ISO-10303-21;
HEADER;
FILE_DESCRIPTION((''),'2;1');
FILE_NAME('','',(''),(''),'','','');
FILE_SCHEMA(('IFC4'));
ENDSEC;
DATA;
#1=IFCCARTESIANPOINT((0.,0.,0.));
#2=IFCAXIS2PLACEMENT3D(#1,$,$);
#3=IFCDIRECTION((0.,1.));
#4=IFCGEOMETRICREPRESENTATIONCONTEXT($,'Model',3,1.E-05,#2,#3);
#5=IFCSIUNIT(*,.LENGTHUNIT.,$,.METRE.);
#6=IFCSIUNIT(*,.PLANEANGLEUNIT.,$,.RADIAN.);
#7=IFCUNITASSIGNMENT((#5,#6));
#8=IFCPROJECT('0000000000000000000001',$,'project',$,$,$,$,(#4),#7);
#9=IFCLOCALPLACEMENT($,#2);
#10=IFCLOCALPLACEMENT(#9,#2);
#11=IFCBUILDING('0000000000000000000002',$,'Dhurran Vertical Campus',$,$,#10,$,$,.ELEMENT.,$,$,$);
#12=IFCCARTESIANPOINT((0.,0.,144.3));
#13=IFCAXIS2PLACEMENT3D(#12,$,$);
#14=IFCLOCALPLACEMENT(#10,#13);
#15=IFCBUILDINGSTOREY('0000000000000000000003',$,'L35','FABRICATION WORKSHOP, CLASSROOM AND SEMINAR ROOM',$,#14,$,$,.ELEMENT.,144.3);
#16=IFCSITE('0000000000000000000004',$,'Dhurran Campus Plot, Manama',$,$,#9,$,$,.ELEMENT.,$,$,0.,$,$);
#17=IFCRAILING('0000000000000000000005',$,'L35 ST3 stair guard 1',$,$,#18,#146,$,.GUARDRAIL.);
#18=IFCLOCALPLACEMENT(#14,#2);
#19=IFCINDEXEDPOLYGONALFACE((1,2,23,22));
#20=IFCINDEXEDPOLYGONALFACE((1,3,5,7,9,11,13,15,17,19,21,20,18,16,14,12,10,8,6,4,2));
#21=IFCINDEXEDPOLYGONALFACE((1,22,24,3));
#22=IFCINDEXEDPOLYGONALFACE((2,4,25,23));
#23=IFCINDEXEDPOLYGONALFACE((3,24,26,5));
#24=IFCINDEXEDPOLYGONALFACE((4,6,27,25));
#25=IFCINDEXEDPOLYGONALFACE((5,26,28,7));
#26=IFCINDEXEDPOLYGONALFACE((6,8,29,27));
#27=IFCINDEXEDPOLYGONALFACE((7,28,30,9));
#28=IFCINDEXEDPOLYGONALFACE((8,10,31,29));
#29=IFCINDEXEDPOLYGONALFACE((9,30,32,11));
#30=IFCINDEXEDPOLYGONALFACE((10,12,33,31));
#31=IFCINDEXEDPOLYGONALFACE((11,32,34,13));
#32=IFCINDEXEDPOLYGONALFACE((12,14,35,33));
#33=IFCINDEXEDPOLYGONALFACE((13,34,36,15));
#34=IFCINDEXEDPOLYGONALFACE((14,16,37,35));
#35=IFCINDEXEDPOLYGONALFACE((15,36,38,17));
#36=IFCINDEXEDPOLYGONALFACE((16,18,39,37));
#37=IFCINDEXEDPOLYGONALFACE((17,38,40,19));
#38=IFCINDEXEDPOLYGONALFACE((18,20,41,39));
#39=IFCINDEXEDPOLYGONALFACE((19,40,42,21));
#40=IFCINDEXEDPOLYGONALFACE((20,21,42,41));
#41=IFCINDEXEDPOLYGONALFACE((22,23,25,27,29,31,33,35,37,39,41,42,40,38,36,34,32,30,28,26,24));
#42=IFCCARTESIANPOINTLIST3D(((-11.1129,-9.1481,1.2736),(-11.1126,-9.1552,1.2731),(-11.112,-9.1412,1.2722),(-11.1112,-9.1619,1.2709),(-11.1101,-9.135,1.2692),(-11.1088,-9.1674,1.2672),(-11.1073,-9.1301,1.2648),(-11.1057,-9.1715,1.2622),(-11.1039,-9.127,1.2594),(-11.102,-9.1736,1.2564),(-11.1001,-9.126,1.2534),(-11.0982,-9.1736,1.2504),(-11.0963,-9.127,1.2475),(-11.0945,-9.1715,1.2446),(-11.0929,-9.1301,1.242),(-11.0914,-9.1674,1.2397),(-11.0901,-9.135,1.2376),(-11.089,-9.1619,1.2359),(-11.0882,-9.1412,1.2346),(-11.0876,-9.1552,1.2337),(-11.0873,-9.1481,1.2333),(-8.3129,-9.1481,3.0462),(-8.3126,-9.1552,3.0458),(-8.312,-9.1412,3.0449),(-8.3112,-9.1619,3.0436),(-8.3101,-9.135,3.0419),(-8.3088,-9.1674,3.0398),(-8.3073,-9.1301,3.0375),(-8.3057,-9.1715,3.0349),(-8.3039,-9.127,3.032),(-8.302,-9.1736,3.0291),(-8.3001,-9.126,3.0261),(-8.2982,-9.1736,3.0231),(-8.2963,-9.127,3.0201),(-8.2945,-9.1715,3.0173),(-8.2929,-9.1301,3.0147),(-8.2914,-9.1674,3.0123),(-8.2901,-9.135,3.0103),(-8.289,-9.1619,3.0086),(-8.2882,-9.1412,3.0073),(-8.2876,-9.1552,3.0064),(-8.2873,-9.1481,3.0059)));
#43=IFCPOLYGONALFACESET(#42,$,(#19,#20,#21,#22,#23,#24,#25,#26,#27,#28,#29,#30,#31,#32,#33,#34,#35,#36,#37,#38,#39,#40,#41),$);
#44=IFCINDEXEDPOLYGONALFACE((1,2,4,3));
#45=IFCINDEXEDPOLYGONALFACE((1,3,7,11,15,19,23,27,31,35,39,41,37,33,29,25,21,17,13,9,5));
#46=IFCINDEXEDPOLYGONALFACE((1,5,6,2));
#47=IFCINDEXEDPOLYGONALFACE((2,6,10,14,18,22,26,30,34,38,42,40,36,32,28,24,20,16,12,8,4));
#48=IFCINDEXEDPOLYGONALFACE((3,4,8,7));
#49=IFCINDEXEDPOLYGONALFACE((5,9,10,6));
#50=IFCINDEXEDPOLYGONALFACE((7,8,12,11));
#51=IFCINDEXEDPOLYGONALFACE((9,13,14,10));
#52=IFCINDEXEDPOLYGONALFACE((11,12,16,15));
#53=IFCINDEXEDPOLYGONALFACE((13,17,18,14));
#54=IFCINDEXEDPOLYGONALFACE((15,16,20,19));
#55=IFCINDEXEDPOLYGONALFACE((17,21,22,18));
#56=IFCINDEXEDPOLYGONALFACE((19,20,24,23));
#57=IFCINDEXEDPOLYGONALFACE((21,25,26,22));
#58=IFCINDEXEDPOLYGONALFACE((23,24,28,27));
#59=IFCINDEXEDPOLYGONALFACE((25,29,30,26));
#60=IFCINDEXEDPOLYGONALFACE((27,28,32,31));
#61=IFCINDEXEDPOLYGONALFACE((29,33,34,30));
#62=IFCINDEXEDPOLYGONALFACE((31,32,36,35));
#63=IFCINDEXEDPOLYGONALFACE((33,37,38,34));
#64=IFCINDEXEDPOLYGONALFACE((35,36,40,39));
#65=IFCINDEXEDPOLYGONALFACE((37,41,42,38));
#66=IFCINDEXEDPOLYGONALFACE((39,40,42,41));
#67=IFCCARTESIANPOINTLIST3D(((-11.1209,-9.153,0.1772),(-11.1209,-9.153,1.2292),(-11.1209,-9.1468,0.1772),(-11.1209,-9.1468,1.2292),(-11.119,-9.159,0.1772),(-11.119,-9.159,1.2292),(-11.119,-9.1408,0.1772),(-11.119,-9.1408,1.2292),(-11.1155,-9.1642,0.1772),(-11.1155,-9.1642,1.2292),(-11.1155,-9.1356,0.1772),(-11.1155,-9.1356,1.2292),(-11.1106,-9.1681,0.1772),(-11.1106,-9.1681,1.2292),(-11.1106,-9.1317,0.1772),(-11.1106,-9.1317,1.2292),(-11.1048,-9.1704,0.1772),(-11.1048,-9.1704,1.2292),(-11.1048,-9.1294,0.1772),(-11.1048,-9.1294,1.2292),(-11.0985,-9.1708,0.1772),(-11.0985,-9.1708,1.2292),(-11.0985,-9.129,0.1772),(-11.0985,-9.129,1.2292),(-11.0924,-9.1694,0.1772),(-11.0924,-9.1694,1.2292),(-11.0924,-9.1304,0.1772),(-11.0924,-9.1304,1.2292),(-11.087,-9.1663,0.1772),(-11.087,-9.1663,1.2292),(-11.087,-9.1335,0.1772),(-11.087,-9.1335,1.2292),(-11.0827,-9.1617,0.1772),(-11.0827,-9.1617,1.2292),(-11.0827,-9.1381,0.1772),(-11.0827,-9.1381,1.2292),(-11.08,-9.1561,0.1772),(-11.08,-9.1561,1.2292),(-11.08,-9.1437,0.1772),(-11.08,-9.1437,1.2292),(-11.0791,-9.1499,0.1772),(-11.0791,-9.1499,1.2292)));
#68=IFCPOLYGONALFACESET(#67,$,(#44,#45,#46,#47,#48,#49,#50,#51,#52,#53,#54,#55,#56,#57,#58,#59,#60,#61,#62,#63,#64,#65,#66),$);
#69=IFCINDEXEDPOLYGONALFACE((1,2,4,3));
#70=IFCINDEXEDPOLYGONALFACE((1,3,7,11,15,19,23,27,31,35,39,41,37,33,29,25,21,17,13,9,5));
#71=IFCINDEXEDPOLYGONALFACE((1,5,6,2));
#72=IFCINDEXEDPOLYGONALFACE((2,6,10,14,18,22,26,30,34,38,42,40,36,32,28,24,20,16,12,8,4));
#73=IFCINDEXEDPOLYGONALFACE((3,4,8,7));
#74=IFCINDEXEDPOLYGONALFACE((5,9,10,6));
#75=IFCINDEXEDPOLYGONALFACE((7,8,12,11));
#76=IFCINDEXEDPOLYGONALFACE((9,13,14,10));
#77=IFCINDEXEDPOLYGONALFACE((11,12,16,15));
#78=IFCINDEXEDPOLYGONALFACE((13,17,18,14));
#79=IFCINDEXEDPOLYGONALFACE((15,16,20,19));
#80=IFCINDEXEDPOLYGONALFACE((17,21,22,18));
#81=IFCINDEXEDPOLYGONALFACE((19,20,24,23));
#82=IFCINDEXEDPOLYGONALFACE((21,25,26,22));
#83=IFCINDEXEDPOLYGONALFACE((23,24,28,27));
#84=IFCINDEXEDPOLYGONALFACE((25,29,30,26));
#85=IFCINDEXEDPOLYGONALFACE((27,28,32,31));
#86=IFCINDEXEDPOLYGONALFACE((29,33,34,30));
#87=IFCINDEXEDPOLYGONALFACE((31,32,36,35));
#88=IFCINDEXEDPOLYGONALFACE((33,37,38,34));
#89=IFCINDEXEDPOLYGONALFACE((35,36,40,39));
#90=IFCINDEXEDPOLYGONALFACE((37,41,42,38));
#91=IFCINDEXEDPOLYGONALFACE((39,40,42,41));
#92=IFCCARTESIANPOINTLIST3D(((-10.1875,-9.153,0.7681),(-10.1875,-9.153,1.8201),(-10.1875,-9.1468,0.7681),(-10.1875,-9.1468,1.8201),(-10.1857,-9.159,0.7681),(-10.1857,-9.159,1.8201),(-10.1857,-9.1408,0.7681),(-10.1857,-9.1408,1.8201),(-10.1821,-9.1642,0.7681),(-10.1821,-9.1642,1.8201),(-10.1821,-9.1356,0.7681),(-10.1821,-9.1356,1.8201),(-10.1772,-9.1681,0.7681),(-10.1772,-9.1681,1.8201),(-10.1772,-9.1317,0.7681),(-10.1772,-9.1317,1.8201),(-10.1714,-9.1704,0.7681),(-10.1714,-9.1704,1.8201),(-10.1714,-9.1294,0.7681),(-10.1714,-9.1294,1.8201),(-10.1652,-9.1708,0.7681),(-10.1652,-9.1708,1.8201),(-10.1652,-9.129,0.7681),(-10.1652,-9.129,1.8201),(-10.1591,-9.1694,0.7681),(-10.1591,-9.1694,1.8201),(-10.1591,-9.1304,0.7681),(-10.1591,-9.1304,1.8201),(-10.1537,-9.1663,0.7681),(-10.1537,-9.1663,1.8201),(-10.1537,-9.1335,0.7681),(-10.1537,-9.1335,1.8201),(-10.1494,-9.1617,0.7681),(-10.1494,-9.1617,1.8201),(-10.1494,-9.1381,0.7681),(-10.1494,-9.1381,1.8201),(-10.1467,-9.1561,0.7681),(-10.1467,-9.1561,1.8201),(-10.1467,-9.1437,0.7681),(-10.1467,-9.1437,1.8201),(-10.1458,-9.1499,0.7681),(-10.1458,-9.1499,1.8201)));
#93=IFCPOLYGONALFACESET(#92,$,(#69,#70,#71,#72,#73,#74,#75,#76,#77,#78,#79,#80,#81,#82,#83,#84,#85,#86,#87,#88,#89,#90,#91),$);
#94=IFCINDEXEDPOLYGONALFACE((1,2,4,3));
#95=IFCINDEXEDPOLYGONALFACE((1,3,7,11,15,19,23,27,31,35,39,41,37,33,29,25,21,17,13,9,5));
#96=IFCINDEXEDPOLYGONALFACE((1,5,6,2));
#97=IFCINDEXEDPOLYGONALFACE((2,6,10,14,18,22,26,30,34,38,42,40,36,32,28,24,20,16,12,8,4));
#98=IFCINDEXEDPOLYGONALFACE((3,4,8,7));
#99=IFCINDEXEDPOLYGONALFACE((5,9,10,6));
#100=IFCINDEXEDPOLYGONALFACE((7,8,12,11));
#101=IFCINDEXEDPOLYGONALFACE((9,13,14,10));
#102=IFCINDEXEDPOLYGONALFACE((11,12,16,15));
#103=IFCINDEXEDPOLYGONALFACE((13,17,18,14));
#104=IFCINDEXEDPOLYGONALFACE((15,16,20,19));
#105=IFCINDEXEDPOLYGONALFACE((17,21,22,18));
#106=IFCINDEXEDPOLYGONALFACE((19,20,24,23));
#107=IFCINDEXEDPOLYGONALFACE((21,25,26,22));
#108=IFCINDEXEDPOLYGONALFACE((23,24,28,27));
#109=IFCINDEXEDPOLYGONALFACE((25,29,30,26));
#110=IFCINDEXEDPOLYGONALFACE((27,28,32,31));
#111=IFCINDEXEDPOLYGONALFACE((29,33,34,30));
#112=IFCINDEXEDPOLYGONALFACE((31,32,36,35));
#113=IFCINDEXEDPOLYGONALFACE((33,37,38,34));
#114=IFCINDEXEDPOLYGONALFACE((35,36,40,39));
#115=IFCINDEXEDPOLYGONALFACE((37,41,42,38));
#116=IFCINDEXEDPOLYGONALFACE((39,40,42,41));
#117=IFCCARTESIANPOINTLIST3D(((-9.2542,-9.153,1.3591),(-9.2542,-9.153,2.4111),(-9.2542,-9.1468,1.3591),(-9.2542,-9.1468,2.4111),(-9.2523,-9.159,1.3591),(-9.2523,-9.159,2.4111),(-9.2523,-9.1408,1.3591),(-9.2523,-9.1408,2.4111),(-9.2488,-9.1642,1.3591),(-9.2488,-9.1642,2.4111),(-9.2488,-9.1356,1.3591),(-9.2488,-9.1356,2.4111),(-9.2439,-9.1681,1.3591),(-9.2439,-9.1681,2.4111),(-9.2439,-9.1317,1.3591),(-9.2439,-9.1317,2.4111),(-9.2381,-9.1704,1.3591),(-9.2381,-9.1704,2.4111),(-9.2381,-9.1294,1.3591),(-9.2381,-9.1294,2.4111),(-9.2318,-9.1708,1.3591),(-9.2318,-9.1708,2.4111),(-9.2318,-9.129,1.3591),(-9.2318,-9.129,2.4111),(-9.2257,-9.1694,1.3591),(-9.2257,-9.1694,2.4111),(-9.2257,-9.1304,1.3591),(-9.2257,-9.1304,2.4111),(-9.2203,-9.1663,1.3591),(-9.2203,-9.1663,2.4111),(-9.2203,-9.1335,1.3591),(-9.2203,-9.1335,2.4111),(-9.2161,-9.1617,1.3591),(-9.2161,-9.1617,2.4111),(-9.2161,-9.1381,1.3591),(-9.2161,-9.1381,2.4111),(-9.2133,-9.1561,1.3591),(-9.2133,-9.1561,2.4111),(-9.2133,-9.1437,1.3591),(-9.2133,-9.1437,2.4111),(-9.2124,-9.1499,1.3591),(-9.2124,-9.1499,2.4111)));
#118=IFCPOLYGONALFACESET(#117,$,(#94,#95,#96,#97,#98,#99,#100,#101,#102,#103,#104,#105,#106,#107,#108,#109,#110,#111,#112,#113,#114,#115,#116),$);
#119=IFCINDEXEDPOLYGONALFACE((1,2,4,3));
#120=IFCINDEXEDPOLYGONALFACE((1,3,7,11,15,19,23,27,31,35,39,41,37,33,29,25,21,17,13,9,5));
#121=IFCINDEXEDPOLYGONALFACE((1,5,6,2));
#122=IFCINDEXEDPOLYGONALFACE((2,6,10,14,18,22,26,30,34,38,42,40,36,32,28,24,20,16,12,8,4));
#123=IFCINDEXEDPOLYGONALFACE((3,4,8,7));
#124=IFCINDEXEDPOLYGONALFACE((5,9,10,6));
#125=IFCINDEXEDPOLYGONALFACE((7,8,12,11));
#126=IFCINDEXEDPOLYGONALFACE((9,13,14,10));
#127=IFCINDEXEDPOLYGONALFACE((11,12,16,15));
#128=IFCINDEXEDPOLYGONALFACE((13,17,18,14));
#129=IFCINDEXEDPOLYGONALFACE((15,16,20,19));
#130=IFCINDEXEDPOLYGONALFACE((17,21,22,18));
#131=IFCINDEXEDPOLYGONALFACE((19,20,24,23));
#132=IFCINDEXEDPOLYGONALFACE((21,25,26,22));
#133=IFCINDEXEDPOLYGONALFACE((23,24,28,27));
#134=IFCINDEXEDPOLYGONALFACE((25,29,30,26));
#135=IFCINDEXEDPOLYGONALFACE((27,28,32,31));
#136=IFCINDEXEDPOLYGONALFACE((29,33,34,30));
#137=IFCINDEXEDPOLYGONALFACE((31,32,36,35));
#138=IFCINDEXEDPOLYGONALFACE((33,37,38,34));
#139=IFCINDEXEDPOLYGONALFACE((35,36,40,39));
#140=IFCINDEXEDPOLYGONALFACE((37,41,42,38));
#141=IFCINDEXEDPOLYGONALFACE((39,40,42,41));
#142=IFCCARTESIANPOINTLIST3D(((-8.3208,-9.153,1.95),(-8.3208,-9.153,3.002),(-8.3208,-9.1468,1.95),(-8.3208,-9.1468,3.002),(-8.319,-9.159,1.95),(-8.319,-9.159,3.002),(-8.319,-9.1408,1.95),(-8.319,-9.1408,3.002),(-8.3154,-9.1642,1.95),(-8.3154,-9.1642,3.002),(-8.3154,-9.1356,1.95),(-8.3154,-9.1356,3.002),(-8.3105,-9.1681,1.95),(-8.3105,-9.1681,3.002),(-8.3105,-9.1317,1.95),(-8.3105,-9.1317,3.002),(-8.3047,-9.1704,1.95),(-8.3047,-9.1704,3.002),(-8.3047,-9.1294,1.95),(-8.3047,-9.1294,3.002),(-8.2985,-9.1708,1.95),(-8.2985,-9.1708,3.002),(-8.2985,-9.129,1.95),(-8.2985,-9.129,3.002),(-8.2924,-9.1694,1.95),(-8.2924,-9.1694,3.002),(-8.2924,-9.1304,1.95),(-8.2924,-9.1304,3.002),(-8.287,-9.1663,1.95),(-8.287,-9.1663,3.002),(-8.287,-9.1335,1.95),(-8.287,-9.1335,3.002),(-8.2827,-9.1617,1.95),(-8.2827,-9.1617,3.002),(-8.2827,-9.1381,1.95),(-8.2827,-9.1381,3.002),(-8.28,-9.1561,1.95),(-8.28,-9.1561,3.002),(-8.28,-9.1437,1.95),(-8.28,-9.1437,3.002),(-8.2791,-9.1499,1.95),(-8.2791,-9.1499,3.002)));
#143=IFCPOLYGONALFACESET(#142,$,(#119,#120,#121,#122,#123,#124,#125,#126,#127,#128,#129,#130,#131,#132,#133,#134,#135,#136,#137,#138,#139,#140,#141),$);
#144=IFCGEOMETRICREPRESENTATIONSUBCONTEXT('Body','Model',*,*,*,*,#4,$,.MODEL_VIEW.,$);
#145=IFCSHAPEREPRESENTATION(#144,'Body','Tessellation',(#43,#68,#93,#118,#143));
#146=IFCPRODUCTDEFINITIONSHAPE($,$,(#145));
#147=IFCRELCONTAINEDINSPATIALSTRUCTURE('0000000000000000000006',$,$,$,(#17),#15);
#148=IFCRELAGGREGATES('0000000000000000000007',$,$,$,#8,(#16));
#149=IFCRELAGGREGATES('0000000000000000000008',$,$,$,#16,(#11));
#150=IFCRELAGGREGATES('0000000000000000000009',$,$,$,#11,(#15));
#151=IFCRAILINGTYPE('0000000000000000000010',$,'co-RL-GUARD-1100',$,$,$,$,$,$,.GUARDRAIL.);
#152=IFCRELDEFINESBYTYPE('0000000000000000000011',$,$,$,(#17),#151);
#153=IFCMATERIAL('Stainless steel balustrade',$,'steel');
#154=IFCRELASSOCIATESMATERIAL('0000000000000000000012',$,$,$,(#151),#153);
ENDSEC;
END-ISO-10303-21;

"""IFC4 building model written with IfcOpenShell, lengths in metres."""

from ifc_helpers import new_model, si_unit, direction, frame, origin, origin_2d, place, context, subcontext, project, spatial, circle, extrude, material, type_object, element, save


model = new_model("IFC4")

# Units and contexts
model_context = context("Model", 3, precision=1e-05, world=origin(), true_north=direction((0.0, 1.0)))
body_context = subcontext(model_context, "Body", "Model", "MODEL_VIEW")
ifc_project = project(units=[si_unit("LENGTHUNIT", "METRE"), si_unit("PLANEANGLEUNIT", "RADIAN")], contexts=[model_context])

# Site, building, storey
site_placement = place(None, origin())
site = spatial("IfcSite", under=ifc_project, at=site_placement, Name="Dhurran Campus Plot, Manama", CompositionType="ELEMENT", RefElevation=0.0)
building_placement = place(site_placement, origin())
building = spatial("IfcBuilding", under=site, at=building_placement, Name="Dhurran Vertical Campus", CompositionType="ELEMENT")
storey_placement = place(building_placement, frame((0.0, 0.0, 144.3)))
storey = spatial("IfcBuildingStorey", under=building, at=storey_placement, Name="L35", Description="FABRICATION WORKSHOP, CLASSROOM AND SEMINAR ROOM", CompositionType="ELEMENT", Elevation=144.3)

# Railing
ifc_material_1 = material(Name="Stainless steel balustrade", Category="steel")
railing_type_1 = type_object("IfcRailingType", Name="co-RL-GUARD-1100", PredefinedType="GUARDRAIL", material=ifc_material_1)
railing_1_placement = place(storey_placement, frame((-11.1001, -9.1499, 0.1772)))
element("IfcRailing", 1, at=railing_1_placement, inside=storey, type_object=railing_type_1, Name="L35 ST3 stair guard 1", PredefinedType="GUARDRAIL", context=body_context, shape_type="SweptSolid", body=[
    extrude(circle(Radius=0.0239, at=origin_2d()), frame((0.0, 0.0, 1.0762), z_axis=(0.844909, 0.0, 0.53491), x_axis=(0.0, 1.0, 0.0)), (0.0, 0.0, 1.0), 3.314),
    extrude(circle(Radius=0.021, at=origin_2d()), origin(), (0.0, 0.0, 1.0), 1.052),
    extrude(circle(Radius=0.021, at=origin_2d()), frame((0.9333, 0.0, 0.5908)), (0.0, 0.0, 1.0), 1.052),
    extrude(circle(Radius=0.021, at=origin_2d()), frame((1.8667, 0.0, 1.1819)), (0.0, 0.0, 1.0), 1.052),
    extrude(circle(Radius=0.021, at=origin_2d()), frame((2.8, 0.0, 1.7727)), (0.0, 0.0, 1.0), 1.052),
])

save(model, "model.ifc")
